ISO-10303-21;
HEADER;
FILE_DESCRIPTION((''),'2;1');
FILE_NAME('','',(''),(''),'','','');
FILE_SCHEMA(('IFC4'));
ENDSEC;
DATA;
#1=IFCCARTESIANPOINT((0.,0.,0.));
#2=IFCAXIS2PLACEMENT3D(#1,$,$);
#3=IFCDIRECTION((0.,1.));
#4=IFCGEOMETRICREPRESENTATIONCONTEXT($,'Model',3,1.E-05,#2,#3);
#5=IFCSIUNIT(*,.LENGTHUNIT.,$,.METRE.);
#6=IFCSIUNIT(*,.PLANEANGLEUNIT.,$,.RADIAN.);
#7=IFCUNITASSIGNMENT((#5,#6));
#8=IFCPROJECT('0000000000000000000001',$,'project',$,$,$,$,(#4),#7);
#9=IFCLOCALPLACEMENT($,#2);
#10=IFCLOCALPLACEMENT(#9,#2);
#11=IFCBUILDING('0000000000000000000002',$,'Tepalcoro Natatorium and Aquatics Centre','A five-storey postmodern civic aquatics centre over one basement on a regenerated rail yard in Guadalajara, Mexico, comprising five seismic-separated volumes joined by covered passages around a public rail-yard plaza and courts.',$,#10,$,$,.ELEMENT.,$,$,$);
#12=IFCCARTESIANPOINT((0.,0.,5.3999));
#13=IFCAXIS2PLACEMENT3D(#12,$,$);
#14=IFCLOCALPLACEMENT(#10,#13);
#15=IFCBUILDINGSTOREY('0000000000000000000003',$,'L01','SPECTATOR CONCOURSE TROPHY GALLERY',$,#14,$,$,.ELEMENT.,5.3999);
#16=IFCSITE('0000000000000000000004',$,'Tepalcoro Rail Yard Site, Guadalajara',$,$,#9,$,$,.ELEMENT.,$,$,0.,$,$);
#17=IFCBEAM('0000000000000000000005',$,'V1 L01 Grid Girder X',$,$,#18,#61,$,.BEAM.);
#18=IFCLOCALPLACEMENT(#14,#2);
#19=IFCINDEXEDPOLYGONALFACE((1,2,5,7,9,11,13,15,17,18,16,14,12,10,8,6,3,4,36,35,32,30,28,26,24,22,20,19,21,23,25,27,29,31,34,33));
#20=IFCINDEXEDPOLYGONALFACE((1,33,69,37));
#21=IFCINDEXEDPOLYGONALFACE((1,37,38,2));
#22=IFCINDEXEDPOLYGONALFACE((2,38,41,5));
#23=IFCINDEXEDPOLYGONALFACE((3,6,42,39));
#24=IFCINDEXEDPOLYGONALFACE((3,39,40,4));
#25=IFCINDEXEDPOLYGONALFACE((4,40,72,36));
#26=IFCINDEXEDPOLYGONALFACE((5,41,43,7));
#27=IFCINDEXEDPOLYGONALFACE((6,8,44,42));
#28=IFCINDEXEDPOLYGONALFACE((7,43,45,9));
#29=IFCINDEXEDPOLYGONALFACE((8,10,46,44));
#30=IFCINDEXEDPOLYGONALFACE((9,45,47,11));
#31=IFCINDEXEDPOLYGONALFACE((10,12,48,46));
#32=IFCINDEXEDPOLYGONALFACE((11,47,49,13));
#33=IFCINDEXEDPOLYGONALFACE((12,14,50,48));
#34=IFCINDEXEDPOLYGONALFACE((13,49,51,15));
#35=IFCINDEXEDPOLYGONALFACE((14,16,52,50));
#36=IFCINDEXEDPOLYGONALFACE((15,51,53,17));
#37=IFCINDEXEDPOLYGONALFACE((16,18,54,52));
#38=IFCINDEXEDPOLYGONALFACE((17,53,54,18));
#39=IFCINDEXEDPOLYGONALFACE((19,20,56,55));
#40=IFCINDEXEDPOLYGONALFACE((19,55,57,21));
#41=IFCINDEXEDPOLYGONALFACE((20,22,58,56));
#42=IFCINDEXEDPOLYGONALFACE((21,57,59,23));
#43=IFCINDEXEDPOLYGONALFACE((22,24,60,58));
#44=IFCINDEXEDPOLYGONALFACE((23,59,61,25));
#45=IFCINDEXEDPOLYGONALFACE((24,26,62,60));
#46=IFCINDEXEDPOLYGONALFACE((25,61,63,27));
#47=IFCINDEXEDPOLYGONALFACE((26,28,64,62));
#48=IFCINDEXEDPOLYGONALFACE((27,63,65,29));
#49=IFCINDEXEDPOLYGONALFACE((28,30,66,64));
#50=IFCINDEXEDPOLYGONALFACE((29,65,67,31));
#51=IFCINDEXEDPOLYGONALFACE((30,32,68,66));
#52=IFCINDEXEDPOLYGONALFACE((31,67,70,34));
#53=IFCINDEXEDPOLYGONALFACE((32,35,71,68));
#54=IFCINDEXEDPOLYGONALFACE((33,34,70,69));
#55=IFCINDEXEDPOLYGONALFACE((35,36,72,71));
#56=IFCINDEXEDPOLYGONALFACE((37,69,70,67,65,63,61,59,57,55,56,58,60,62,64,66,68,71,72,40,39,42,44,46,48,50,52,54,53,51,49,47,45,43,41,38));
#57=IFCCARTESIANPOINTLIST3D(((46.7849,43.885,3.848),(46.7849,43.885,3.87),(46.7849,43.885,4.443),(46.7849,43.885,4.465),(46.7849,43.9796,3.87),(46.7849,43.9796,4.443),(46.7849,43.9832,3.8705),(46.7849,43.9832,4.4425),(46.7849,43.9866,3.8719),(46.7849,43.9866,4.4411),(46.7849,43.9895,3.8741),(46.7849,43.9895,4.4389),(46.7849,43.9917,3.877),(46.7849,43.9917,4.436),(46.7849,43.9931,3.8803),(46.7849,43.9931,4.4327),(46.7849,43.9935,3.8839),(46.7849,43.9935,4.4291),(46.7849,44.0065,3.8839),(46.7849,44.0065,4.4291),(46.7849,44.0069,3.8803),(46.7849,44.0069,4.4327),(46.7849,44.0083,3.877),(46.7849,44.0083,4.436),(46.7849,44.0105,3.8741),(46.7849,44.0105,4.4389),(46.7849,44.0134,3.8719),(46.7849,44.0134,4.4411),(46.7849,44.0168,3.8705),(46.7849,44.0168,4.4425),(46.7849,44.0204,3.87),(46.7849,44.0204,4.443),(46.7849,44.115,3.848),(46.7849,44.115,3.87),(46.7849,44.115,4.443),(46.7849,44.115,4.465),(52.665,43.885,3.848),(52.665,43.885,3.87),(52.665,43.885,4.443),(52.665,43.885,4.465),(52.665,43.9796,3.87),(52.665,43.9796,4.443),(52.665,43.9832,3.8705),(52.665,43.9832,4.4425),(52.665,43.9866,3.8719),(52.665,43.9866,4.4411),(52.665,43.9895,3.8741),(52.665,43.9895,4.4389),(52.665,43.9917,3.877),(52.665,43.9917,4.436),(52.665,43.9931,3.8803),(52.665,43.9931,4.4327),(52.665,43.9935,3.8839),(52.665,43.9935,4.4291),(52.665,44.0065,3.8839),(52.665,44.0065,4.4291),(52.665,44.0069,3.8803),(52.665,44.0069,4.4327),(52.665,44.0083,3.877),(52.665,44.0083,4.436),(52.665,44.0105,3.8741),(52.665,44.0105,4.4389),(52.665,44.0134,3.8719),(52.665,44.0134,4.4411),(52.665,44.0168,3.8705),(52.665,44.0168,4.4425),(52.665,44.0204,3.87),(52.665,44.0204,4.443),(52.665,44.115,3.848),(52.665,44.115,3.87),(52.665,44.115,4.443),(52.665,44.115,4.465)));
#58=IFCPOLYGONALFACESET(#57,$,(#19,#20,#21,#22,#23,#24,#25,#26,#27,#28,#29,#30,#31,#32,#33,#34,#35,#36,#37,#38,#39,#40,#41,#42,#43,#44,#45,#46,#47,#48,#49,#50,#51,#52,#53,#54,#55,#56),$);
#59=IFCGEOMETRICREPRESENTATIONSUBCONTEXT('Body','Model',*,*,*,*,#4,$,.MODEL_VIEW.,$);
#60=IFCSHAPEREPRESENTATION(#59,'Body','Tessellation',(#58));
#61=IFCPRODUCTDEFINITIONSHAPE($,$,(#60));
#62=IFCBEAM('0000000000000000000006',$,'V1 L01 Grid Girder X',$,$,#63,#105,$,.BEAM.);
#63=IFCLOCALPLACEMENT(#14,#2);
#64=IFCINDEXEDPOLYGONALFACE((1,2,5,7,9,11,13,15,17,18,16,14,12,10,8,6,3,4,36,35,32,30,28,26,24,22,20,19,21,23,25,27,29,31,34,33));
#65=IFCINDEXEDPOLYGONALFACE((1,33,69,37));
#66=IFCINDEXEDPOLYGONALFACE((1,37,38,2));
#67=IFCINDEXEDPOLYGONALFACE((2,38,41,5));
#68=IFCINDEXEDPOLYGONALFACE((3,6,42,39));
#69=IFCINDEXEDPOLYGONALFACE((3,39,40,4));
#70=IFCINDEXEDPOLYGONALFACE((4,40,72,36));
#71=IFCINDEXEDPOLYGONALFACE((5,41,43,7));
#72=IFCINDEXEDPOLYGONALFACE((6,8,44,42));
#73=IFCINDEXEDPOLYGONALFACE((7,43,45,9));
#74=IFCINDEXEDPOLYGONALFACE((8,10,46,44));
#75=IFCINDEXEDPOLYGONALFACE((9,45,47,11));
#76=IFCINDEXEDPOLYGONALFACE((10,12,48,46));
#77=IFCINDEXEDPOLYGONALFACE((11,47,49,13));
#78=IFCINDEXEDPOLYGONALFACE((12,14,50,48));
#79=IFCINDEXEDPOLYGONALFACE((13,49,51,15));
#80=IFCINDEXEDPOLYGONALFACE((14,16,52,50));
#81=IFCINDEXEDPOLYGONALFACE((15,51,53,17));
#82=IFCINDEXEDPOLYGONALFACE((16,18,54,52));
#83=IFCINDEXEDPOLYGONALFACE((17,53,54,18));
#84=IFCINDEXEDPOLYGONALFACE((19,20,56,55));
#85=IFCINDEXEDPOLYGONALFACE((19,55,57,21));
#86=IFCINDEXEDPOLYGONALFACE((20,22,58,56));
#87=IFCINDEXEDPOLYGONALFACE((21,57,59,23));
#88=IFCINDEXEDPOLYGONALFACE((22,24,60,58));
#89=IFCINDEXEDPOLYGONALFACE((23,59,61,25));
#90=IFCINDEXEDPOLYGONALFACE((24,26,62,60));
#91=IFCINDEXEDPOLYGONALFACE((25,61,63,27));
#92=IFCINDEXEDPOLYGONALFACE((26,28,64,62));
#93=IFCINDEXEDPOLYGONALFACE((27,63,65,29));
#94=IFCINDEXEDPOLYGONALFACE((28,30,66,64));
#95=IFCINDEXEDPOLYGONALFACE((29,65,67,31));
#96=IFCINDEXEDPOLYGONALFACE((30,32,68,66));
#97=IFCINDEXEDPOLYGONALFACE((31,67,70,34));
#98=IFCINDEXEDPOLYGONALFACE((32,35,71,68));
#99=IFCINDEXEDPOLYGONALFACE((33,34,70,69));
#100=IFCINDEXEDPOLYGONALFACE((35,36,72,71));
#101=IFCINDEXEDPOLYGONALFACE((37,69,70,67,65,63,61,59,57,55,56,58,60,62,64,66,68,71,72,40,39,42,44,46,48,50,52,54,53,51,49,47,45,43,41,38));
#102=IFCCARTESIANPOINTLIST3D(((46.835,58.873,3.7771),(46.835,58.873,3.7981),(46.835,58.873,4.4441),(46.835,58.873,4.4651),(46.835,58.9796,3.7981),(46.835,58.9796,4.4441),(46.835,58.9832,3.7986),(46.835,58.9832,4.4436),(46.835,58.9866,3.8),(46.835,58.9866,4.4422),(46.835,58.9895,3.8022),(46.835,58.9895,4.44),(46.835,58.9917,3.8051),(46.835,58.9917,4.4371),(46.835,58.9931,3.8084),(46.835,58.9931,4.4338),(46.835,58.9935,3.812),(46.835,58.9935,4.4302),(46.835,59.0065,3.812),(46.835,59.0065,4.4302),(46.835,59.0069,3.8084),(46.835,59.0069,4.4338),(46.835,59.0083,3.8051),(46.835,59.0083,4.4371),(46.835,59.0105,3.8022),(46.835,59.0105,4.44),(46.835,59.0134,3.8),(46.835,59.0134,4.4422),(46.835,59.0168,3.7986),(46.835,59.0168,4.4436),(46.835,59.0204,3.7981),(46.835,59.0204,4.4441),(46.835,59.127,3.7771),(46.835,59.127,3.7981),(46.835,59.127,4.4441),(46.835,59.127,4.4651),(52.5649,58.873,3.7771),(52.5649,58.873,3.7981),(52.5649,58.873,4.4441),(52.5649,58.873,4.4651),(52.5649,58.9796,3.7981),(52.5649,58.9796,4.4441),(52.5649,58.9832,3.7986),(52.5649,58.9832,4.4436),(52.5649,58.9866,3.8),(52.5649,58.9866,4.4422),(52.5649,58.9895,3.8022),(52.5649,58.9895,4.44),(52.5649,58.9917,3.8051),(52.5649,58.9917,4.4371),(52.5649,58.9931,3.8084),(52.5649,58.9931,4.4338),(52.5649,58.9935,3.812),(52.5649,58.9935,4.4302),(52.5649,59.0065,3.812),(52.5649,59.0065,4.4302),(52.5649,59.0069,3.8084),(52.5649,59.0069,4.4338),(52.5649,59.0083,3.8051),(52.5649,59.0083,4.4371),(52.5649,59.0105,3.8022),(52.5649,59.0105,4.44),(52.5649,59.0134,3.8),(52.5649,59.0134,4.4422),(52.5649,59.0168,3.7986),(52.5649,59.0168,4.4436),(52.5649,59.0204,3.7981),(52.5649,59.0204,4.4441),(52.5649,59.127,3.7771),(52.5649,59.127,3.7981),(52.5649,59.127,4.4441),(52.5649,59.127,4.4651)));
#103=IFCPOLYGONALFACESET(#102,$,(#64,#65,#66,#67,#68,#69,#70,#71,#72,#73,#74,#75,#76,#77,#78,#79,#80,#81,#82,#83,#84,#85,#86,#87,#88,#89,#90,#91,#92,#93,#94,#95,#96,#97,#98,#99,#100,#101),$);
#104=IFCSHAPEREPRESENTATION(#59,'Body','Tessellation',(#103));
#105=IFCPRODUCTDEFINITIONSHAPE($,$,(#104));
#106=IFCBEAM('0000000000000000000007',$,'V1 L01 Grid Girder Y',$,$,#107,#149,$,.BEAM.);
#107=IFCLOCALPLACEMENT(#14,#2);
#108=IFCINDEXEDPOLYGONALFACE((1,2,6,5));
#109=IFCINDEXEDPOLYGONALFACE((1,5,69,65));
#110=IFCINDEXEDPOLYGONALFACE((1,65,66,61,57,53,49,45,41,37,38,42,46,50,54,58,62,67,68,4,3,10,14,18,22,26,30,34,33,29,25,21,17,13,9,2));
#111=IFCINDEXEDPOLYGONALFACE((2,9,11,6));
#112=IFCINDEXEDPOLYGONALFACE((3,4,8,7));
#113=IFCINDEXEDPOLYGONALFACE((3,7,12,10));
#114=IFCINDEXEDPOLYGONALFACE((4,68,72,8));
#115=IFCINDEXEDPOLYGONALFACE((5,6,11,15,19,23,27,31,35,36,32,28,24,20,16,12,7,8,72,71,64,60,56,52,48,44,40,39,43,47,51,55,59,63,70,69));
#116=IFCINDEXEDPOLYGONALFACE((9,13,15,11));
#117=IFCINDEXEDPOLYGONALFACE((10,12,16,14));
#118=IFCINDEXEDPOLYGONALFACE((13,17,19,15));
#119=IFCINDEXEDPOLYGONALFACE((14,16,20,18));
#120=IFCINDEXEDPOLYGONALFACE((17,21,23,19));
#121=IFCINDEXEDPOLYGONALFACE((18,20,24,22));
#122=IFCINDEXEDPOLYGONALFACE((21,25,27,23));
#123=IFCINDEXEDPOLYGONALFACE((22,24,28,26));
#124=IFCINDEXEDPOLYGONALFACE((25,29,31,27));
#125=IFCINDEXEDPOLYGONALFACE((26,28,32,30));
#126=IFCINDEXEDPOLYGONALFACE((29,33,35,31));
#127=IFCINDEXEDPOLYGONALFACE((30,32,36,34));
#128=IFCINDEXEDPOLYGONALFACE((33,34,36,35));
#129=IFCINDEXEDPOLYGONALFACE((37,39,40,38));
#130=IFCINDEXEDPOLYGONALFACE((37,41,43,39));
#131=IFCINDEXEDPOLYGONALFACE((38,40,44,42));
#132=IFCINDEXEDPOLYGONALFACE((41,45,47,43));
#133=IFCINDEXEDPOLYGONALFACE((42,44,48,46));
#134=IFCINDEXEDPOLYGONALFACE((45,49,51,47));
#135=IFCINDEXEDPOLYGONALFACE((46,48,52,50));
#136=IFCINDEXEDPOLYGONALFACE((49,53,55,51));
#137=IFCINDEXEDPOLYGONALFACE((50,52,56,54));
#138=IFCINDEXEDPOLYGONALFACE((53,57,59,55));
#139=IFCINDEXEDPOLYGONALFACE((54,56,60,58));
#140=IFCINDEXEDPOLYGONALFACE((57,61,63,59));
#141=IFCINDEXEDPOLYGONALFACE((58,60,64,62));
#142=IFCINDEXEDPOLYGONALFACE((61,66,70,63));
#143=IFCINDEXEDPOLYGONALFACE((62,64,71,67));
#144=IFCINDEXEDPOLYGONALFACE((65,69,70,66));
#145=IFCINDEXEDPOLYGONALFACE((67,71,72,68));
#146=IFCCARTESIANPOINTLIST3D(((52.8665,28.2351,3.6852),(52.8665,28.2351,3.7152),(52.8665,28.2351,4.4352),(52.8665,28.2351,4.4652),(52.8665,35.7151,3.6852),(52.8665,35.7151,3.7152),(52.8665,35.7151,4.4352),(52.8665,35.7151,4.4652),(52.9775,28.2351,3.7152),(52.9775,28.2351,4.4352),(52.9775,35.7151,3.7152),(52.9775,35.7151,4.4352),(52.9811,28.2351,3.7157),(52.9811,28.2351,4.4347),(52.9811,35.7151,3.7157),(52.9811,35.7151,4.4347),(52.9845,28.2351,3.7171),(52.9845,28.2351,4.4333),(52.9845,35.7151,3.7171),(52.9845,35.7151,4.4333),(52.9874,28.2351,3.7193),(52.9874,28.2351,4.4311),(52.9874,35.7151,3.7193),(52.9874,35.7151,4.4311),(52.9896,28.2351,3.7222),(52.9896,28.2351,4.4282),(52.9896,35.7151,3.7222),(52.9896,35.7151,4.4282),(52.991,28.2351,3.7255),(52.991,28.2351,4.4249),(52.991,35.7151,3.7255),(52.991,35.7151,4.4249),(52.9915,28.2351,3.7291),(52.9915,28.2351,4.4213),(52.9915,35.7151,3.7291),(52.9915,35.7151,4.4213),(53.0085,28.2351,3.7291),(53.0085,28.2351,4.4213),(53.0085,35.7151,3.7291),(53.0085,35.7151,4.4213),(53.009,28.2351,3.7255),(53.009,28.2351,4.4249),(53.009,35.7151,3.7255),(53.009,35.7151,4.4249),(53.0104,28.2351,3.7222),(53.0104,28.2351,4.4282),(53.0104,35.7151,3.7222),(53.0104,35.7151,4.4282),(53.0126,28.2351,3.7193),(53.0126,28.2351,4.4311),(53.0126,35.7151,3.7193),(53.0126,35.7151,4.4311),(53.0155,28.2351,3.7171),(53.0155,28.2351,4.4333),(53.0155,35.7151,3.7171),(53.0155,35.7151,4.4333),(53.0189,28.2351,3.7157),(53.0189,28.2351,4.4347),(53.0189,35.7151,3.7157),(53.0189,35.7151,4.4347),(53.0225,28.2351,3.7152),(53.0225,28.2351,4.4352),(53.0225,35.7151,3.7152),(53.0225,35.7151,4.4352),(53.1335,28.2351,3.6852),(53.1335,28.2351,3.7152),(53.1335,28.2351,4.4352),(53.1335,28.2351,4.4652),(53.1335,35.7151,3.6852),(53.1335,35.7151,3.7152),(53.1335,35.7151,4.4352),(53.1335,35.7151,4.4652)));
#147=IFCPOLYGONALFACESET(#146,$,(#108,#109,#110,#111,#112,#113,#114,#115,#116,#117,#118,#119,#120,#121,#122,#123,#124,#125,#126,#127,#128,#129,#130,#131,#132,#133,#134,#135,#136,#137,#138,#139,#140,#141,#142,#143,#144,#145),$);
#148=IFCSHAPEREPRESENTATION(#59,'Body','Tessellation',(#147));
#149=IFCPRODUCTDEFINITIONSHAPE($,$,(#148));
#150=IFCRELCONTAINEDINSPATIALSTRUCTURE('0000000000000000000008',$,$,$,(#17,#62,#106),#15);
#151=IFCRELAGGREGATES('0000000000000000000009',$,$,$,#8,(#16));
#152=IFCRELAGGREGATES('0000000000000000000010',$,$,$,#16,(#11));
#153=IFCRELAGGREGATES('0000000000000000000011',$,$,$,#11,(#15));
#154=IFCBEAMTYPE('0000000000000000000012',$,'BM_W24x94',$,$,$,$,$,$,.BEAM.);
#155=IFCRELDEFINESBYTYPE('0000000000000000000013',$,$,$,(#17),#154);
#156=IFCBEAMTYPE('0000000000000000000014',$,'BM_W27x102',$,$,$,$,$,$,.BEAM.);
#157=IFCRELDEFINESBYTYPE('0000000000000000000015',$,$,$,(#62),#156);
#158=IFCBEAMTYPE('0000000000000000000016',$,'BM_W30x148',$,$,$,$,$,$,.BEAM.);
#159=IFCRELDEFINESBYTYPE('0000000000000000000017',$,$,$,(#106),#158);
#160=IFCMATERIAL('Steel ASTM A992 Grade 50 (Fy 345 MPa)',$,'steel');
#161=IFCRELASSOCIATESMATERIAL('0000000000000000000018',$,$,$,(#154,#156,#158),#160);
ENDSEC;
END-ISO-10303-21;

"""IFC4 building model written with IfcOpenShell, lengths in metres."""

from ifc_helpers import new_model, si_unit, direction, frame, origin, origin_2d, place, context, subcontext, project, spatial, i_section, extrude, material, material_profile, profile_set, type_object, element, save


model = new_model("IFC4")

# Units and contexts
model_context = context("Model", 3, precision=1e-05, world=origin(), true_north=direction((0.0, 1.0)))
body_context = subcontext(model_context, "Body", "Model", "MODEL_VIEW")
ifc_project = project(units=[si_unit("LENGTHUNIT", "METRE"), si_unit("PLANEANGLEUNIT", "RADIAN")], contexts=[model_context])

# Site, building, storey
site_placement = place(None, origin())
site = spatial("IfcSite", under=ifc_project, at=site_placement, Name="Tepalcoro Rail Yard Site, Guadalajara", CompositionType="ELEMENT", RefElevation=0.0)
building_placement = place(site_placement, origin())
building = spatial("IfcBuilding", under=site, at=building_placement, Name="Tepalcoro Natatorium and Aquatics Centre", Description="A five-storey postmodern civic aquatics centre over one basement on a regenerated rail yard in Guadalajara, Mexico, comprising five seismic-separated volumes joined by covered passages around a public rail-yard plaza and courts.", CompositionType="ELEMENT")
storey_placement = place(building_placement, frame((0.0, 0.0, 5.3999)))
storey = spatial("IfcBuildingStorey", under=building, at=storey_placement, Name="L01", Description="SPECTATOR CONCOURSE TROPHY GALLERY", CompositionType="ELEMENT", Elevation=5.3999)

# Beams
ifc_material_1 = material(Name="Steel ASTM A992 Grade 50 (Fy 345 MPa)", Category="steel")
ifc_material_profile_1 = material_profile(ifc_material_1, i_section(OverallWidth=0.23, OverallDepth=0.6169, WebThickness=0.0129, FlangeThickness=0.022, FilletRadius=0.0139, at=origin_2d()), Name="W24X94")
ifc_profile_set_1 = profile_set([ifc_material_profile_1], Name="Steel ASTM A992 Grade 50 (Fy 345 MPa)")
beam_type_1 = type_object("IfcBeamType", Name="BM_W24x94", PredefinedType="BEAM", material=ifc_profile_set_1)
beam_1_placement = place(storey_placement, frame((46.7849, 44.0, 4.1565), z_axis=(1.0, 0.0, 0.0), x_axis=(0.0, 1.0, 0.0)))
element("IfcBeam", 1, at=beam_1_placement, inside=storey, type_object=beam_type_1, Name="V1 L01 Grid Girder X", PredefinedType="BEAM", context=body_context, shape_type="SweptSolid", body=[
    extrude(i_section(OverallWidth=0.23, OverallDepth=0.6169, WebThickness=0.0129, FlangeThickness=0.022, FilletRadius=0.0139, at=origin_2d()), origin(), (0.0, 0.0, 1.0), 5.8801),
])
ifc_material_profile_2 = material_profile(ifc_material_1, i_section(OverallWidth=0.2539, OverallDepth=0.688, WebThickness=0.0129, FlangeThickness=0.021, FilletRadius=0.0139, at=origin_2d()), Name="W27X102")
ifc_profile_set_2 = profile_set([ifc_material_profile_2], Name="Steel ASTM A992 Grade 50 (Fy 345 MPa)")
beam_type_2 = type_object("IfcBeamType", Name="BM_W27x102", PredefinedType="BEAM", material=ifc_profile_set_2)
beam_2_placement = place(storey_placement, frame((46.835, 59.0, 4.1211), z_axis=(1.0, 0.0, 0.0), x_axis=(0.0, 1.0, 0.0)))
element("IfcBeam", 2, at=beam_2_placement, inside=storey, type_object=beam_type_2, Name="V1 L01 Grid Girder X", PredefinedType="BEAM", context=body_context, shape_type="SweptSolid", body=[
    extrude(i_section(OverallWidth=0.2539, OverallDepth=0.688, WebThickness=0.0129, FlangeThickness=0.021, FilletRadius=0.0139, at=origin_2d()), origin(), (0.0, 0.0, 1.0), 5.73),
])
ifc_material_profile_3 = material_profile(ifc_material_1, i_section(OverallWidth=0.2671, OverallDepth=0.78, WebThickness=0.0171, FlangeThickness=0.03, FilletRadius=0.0139, at=origin_2d()), Name="W30X148")
ifc_profile_set_3 = profile_set([ifc_material_profile_3], Name="Steel ASTM A992 Grade 50 (Fy 345 MPa)")
beam_type_3 = type_object("IfcBeamType", Name="BM_W30x148", PredefinedType="BEAM", material=ifc_profile_set_3)
beam_3_placement = place(storey_placement, frame((53.0, 28.2351, 4.0752), z_axis=(0.0, 1.0, 0.0), x_axis=(-1.0, 0.0, 0.0)))
element("IfcBeam", 3, at=beam_3_placement, inside=storey, type_object=beam_type_3, Name="V1 L01 Grid Girder Y", PredefinedType="BEAM", context=body_context, shape_type="SweptSolid", body=[
    extrude(i_section(OverallWidth=0.2671, OverallDepth=0.78, WebThickness=0.0171, FlangeThickness=0.03, FilletRadius=0.0139, at=origin_2d()), origin(), (0.0, 0.0, 1.0), 7.48),
])

save(model, "model.ifc")
